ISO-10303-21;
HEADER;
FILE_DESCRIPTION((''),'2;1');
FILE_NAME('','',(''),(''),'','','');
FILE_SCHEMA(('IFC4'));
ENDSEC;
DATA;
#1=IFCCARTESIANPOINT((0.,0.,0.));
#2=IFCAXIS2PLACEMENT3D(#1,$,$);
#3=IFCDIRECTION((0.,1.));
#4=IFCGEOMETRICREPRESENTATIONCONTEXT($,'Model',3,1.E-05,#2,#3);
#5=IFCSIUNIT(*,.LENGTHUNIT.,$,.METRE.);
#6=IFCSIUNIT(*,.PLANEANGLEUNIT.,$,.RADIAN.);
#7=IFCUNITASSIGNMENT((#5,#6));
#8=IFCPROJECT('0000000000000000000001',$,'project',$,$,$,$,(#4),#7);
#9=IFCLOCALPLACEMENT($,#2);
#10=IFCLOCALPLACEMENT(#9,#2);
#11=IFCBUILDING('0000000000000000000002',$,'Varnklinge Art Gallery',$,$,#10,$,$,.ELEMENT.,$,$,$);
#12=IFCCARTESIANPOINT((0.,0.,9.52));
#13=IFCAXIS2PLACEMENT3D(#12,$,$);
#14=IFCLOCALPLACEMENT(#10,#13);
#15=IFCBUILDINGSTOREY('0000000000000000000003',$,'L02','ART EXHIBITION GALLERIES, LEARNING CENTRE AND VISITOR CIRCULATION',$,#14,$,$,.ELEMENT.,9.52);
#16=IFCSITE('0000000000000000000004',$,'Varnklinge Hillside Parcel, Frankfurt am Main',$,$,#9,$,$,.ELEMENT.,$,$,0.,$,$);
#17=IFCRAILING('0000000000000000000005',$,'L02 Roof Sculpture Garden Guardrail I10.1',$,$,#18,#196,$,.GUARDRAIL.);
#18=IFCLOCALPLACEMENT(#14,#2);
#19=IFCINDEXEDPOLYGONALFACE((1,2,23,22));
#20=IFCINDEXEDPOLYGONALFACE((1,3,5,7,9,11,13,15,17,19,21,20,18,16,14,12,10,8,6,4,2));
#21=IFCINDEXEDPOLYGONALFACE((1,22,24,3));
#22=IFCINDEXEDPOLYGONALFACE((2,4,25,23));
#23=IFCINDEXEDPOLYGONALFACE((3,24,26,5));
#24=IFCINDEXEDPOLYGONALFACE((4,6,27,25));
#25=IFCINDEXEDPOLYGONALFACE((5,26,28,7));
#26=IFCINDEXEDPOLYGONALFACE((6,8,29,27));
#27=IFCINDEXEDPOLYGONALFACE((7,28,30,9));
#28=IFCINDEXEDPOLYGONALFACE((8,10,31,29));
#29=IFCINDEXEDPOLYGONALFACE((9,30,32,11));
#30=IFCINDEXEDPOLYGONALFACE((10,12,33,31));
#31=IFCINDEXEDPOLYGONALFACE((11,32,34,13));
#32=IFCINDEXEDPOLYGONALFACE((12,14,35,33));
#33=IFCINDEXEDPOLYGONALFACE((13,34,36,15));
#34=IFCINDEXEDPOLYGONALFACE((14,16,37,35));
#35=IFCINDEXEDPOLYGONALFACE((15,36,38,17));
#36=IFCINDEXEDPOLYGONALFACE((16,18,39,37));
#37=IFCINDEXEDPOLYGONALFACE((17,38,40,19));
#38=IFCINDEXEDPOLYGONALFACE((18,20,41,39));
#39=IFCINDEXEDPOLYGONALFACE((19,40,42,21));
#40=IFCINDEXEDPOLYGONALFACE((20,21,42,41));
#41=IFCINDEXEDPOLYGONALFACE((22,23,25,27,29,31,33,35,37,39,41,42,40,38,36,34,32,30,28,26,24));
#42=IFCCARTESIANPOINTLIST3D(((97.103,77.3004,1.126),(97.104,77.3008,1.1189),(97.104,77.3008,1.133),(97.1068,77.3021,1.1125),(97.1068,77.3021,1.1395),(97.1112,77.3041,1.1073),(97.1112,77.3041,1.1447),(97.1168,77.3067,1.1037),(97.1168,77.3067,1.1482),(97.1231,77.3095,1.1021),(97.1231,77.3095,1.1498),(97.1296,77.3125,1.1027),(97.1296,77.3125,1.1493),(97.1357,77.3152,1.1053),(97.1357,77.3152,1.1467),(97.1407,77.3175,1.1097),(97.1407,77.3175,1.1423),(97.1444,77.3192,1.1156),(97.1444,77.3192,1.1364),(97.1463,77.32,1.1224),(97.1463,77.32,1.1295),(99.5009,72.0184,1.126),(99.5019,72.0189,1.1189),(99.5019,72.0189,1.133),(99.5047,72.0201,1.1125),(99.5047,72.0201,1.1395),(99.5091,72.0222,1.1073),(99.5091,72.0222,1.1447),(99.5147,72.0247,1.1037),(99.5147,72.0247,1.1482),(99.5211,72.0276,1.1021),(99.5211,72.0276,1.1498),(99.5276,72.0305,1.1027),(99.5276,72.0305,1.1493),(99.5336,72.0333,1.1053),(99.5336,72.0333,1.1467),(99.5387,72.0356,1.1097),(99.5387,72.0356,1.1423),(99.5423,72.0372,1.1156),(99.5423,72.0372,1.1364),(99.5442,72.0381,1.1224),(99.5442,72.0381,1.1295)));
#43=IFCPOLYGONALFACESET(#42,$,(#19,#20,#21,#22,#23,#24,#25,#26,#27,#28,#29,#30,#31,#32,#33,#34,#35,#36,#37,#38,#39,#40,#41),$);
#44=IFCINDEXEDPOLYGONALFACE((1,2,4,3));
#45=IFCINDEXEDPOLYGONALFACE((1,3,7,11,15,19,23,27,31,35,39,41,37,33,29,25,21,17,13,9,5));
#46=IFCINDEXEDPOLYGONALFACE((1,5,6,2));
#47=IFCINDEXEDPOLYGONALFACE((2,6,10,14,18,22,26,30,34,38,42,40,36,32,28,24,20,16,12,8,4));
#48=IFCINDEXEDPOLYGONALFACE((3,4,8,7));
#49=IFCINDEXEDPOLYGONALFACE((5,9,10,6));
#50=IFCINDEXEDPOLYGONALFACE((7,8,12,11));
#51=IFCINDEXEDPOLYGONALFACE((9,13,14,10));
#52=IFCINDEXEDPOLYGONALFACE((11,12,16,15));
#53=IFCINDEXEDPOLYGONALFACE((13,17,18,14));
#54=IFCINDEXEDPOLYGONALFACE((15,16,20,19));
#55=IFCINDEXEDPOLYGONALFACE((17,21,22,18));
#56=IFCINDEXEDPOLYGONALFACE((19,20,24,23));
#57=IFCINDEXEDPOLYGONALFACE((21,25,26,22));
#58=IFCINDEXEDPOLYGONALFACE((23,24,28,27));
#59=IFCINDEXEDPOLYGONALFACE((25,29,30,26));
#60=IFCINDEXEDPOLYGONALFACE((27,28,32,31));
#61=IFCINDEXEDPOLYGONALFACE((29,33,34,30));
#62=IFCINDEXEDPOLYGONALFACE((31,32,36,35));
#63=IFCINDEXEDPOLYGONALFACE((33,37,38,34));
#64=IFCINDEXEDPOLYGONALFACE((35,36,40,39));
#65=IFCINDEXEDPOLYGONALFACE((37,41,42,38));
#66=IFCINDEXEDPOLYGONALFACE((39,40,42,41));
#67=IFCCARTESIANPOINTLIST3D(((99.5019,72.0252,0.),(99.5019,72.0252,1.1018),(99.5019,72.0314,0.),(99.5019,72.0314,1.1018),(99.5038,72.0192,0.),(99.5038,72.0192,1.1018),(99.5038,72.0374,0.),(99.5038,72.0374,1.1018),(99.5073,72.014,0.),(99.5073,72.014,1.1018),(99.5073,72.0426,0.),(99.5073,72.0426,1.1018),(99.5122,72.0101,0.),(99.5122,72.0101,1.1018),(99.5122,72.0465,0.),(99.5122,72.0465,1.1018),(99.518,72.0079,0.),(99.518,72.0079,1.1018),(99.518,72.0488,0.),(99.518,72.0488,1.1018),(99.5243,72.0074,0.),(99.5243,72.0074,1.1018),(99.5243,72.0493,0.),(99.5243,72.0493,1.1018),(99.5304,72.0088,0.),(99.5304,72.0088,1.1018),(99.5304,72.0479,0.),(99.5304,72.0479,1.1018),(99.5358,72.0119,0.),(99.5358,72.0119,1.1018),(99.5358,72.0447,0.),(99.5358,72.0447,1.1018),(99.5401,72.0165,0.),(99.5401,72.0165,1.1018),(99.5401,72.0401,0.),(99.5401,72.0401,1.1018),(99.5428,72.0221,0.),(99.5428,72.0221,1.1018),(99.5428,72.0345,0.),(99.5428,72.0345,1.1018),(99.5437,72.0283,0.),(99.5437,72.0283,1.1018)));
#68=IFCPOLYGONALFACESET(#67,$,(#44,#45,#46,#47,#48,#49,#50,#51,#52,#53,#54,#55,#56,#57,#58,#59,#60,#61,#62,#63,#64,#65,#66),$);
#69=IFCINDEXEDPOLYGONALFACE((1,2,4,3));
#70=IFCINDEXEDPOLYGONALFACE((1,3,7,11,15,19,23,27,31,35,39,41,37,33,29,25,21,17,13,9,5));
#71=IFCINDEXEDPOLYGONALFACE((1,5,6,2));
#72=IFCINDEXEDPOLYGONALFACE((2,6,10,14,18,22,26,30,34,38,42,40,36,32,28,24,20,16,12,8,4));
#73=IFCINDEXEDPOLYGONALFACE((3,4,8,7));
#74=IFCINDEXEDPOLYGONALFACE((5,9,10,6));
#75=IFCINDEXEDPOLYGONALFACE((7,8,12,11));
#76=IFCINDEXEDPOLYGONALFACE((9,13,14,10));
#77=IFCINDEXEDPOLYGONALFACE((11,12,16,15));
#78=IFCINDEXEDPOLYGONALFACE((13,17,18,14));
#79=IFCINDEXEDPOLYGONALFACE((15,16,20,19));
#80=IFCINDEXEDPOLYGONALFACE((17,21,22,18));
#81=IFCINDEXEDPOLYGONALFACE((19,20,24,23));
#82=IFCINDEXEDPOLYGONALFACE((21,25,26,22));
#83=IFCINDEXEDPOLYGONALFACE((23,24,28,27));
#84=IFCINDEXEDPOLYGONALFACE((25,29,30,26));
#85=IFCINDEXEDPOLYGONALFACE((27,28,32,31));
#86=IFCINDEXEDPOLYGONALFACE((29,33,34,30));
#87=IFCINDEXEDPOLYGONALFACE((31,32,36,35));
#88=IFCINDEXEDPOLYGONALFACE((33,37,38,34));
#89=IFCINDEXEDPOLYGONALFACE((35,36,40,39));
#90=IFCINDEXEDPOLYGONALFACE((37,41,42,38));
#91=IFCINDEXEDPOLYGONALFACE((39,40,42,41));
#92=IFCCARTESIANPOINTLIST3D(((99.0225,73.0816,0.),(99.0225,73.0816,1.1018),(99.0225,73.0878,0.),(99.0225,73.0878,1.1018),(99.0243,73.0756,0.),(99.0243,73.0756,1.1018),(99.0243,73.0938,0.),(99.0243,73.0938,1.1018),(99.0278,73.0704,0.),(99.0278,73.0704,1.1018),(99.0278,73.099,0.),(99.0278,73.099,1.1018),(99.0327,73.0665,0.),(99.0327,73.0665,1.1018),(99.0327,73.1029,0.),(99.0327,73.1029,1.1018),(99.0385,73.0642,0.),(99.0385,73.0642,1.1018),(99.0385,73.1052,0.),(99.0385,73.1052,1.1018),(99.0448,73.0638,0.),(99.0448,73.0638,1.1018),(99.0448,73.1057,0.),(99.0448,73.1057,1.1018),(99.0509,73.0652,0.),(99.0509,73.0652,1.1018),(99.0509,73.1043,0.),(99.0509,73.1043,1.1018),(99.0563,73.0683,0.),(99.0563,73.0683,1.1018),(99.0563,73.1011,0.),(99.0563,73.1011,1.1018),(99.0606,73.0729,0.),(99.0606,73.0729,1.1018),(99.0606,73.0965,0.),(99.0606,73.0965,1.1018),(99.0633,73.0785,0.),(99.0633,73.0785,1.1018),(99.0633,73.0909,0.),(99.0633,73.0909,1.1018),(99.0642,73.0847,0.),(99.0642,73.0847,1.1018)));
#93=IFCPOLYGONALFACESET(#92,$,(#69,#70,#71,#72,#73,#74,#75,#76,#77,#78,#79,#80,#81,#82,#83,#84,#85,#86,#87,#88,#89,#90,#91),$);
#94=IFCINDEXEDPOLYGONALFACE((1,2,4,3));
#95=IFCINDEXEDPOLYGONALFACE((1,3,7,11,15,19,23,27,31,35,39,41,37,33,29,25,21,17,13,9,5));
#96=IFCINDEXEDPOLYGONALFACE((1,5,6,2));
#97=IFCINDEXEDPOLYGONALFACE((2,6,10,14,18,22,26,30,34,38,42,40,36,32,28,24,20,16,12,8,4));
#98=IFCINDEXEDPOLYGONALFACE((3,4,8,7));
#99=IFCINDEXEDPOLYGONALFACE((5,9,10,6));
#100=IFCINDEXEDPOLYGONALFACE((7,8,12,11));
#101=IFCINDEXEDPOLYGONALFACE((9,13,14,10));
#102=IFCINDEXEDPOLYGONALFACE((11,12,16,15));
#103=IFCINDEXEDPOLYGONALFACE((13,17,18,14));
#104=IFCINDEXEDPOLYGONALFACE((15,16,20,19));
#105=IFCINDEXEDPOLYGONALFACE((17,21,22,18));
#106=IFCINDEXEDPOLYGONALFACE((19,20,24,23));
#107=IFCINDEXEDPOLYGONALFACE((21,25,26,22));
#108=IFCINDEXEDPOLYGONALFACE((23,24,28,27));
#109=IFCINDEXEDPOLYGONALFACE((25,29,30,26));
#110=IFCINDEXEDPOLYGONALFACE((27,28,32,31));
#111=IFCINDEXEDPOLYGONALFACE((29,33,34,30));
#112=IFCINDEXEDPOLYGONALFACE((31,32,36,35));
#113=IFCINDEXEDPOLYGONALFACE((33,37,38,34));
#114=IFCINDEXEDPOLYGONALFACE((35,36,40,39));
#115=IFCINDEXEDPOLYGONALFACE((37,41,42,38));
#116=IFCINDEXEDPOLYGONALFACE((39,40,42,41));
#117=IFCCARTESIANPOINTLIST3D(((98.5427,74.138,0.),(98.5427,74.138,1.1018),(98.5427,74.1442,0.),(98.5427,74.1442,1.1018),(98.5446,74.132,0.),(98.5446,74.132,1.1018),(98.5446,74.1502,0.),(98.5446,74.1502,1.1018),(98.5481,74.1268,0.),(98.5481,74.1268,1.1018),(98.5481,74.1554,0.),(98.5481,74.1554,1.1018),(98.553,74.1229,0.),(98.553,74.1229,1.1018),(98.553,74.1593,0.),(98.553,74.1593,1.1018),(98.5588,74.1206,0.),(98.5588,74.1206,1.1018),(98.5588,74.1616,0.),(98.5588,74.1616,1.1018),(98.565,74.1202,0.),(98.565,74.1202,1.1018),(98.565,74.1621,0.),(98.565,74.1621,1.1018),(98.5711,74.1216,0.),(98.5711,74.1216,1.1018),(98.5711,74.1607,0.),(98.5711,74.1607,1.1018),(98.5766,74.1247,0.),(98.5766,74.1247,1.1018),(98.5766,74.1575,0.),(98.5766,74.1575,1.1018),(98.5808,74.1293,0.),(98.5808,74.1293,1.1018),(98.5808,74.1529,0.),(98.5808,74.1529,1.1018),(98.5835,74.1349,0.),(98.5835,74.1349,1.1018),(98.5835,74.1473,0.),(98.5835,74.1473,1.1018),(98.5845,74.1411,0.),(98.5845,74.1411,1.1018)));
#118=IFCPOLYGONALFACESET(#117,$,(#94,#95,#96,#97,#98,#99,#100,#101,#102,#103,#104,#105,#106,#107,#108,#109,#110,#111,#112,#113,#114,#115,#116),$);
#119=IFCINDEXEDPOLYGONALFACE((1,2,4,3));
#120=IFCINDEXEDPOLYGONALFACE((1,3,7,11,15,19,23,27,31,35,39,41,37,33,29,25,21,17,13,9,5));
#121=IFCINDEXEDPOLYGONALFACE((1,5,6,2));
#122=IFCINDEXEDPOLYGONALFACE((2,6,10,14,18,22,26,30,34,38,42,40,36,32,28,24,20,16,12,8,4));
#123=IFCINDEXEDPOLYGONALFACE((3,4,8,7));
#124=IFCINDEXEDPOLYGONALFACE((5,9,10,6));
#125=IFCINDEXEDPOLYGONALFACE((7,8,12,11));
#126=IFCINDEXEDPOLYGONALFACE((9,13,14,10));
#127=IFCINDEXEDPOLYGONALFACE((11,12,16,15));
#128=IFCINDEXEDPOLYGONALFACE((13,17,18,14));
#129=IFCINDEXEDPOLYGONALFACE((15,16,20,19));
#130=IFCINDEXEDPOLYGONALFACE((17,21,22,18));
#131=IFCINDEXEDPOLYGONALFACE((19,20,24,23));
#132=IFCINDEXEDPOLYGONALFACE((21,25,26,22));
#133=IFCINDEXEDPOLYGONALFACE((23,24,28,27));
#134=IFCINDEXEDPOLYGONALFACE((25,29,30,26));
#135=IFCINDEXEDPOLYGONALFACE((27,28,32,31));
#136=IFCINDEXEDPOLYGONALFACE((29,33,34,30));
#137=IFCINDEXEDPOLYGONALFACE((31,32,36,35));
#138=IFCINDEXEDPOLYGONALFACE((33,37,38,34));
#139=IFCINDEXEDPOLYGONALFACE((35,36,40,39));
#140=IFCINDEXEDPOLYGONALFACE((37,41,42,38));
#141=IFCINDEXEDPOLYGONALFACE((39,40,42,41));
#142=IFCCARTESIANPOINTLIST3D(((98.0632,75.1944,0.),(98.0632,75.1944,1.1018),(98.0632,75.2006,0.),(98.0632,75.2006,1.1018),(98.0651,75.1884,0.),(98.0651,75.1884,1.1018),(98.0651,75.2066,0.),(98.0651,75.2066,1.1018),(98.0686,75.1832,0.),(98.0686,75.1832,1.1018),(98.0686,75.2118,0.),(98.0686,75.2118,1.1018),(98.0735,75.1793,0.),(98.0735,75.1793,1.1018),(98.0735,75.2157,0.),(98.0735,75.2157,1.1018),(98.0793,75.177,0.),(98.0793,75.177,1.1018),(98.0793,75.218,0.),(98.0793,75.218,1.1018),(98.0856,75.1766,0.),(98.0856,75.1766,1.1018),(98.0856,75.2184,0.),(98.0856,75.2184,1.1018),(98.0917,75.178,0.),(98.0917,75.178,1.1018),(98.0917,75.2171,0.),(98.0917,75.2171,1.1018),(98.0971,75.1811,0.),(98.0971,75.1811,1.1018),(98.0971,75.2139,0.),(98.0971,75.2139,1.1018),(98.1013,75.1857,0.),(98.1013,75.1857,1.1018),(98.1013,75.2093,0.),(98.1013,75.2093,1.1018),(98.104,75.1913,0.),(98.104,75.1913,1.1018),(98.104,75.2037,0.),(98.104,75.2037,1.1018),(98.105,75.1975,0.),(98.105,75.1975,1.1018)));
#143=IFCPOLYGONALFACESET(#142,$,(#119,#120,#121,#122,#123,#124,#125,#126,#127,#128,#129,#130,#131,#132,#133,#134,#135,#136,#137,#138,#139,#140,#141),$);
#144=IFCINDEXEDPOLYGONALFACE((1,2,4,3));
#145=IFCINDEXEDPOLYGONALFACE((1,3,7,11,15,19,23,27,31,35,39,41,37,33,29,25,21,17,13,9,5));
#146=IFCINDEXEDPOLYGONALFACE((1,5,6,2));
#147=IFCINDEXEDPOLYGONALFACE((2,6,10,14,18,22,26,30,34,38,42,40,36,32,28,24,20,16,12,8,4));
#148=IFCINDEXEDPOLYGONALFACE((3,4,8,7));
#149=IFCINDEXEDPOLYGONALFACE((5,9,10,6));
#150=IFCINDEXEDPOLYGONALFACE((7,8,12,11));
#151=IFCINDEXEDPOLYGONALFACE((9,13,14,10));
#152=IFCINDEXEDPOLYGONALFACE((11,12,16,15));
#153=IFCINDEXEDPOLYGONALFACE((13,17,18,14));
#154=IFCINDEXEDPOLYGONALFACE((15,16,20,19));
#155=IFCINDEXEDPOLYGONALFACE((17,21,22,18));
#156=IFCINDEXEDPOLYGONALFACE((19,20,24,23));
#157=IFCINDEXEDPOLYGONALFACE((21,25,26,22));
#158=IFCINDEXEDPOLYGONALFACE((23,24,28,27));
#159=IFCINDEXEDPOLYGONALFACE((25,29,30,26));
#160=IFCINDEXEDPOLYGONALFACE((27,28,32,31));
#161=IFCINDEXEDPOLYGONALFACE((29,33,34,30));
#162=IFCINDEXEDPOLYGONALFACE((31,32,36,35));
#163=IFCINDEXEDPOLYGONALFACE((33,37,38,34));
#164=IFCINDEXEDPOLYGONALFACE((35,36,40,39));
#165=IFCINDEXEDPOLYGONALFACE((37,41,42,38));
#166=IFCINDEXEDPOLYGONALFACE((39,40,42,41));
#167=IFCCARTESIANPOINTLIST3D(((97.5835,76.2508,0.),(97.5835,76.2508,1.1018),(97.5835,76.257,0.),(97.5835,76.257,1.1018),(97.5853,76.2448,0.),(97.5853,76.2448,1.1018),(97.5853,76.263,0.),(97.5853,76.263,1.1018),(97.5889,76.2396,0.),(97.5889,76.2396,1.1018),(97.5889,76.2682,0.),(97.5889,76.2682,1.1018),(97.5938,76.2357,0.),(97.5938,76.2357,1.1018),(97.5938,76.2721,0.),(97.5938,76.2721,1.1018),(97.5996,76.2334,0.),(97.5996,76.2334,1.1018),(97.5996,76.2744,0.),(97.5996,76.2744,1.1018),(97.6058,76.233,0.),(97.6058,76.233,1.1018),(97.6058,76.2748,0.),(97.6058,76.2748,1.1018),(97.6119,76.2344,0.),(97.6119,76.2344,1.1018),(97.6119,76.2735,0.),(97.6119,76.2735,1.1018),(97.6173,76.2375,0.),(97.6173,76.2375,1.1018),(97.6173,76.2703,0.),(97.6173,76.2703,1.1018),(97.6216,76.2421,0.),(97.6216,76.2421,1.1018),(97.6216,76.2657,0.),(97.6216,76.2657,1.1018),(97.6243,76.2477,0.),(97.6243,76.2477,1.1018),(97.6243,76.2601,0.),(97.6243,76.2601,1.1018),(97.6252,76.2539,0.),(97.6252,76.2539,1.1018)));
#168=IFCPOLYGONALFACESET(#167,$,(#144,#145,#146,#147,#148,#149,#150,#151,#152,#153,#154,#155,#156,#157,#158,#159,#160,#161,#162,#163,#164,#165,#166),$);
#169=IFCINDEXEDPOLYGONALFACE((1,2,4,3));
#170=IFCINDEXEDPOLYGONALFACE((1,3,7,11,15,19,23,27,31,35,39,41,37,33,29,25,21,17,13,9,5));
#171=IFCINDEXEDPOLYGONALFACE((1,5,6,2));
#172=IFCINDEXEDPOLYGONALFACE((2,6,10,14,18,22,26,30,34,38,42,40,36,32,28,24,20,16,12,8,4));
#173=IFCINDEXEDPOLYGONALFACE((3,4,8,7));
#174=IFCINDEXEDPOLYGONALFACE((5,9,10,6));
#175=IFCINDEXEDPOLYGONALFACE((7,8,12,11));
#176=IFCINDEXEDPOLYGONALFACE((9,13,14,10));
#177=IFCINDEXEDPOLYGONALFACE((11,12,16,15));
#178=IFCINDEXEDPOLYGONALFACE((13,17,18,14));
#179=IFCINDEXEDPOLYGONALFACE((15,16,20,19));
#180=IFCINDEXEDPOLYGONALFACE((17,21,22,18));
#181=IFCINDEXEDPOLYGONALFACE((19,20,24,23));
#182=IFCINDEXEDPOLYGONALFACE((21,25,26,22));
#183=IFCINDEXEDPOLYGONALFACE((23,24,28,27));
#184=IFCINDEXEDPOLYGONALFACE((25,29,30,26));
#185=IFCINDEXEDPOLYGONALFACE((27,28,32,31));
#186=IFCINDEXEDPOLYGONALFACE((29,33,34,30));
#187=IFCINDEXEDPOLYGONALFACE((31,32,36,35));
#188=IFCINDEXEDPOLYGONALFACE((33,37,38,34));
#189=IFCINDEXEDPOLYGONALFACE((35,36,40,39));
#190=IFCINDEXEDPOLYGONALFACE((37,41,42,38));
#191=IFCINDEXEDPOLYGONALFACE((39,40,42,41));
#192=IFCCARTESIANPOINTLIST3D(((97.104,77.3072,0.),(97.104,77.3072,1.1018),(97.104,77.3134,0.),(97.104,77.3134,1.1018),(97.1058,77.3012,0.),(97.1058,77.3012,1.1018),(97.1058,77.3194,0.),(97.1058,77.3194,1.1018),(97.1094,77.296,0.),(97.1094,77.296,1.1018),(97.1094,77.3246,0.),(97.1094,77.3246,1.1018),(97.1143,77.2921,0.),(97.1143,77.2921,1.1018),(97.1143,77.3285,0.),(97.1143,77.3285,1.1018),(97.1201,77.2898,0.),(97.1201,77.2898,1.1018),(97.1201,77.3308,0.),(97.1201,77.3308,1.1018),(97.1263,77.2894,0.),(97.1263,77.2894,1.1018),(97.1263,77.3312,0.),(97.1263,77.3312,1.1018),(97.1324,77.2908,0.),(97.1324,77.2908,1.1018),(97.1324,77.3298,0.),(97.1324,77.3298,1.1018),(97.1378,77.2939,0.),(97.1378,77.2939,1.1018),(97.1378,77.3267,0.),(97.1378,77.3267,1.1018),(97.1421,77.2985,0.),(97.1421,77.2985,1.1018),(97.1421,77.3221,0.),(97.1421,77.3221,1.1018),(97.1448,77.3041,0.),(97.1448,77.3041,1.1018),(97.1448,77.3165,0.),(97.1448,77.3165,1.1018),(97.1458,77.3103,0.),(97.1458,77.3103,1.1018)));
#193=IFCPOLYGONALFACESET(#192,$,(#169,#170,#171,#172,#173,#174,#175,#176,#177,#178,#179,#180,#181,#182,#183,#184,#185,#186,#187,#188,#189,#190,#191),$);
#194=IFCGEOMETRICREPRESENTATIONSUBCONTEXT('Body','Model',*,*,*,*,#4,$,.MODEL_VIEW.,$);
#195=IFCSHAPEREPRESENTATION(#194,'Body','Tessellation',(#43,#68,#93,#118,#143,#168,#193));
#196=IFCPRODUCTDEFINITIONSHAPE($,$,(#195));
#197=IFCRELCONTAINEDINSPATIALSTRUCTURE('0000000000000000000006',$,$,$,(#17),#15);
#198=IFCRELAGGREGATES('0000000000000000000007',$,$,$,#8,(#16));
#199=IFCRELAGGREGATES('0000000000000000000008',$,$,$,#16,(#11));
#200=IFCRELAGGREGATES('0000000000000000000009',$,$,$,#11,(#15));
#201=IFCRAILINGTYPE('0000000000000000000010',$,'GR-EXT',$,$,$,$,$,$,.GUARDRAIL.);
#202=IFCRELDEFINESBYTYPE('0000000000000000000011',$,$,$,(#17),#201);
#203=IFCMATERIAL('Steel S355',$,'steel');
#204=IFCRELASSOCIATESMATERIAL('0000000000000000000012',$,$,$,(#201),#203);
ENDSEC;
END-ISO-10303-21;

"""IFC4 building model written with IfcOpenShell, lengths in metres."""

from ifc_helpers import new_model, si_unit, direction, frame, origin, origin_2d, place, context, subcontext, project, spatial, circle, extrude, material, type_object, element, save


model = new_model("IFC4")

# Units and contexts
model_context = context("Model", 3, precision=1e-05, world=origin(), true_north=direction((0.0, 1.0)))
body_context = subcontext(model_context, "Body", "Model", "MODEL_VIEW")
ifc_project = project(units=[si_unit("LENGTHUNIT", "METRE"), si_unit("PLANEANGLEUNIT", "RADIAN")], contexts=[model_context])

# Site, building, storey
site_placement = place(None, origin())
site = spatial("IfcSite", under=ifc_project, at=site_placement, Name="Varnklinge Hillside Parcel, Frankfurt am Main", CompositionType="ELEMENT", RefElevation=0.0)
building_placement = place(site_placement, origin())
building = spatial("IfcBuilding", under=site, at=building_placement, Name="Varnklinge Art Gallery", CompositionType="ELEMENT")
storey_placement = place(building_placement, frame((0.0, 0.0, 9.52)))
storey = spatial("IfcBuildingStorey", under=building, at=storey_placement, Name="L02", Description="ART EXHIBITION GALLERIES, LEARNING CENTRE AND VISITOR CIRCULATION", CompositionType="ELEMENT", Elevation=9.52)

# Railing
ifc_material_1 = material(Name="Steel S355", Category="steel")
railing_type = type_object("IfcRailingType", Name="GR-EXT", PredefinedType="GUARDRAIL", material=ifc_material_1)
railing_1_placement = place(storey_placement, frame((99.5227, 72.0283, 0.0)))
element("IfcRailing", 1, at=railing_1_placement, inside=storey, type_object=railing_type, Name="L02 Roof Sculpture Garden Guardrail I10.1", PredefinedType="GUARDRAIL", context=body_context, shape_type="SweptSolid", body=[
    extrude(circle(Radius=0.0239, at=origin_2d()), frame((0.0, 0.0, 1.126), z_axis=(-0.413381, 0.910558, 0.0), x_axis=(-0.910558, -0.413381, 0.0)), (0.0, 0.0, 1.0), 5.8008),
    extrude(circle(Radius=0.021, at=origin_2d()), origin(), (0.0, 0.0, 1.0), 1.1018),
    extrude(circle(Radius=0.021, at=origin_2d()), frame((-0.4795, 1.0564, 0.0)), (0.0, 0.0, 1.0), 1.1018),
    extrude(circle(Radius=0.021, at=origin_2d()), frame((-0.9592, 2.1128, 0.0)), (0.0, 0.0, 1.0), 1.1018),
    extrude(circle(Radius=0.021, at=origin_2d()), frame((-1.4387, 3.1692, 0.0)), (0.0, 0.0, 1.0), 1.1018),
    extrude(circle(Radius=0.021, at=origin_2d()), frame((-1.9185, 4.2256, 0.0)), (0.0, 0.0, 1.0), 1.1018),
    extrude(circle(Radius=0.021, at=origin_2d()), frame((-2.3979, 5.282, 0.0)), (0.0, 0.0, 1.0), 1.1018),
])

save(model, "model.ifc")
